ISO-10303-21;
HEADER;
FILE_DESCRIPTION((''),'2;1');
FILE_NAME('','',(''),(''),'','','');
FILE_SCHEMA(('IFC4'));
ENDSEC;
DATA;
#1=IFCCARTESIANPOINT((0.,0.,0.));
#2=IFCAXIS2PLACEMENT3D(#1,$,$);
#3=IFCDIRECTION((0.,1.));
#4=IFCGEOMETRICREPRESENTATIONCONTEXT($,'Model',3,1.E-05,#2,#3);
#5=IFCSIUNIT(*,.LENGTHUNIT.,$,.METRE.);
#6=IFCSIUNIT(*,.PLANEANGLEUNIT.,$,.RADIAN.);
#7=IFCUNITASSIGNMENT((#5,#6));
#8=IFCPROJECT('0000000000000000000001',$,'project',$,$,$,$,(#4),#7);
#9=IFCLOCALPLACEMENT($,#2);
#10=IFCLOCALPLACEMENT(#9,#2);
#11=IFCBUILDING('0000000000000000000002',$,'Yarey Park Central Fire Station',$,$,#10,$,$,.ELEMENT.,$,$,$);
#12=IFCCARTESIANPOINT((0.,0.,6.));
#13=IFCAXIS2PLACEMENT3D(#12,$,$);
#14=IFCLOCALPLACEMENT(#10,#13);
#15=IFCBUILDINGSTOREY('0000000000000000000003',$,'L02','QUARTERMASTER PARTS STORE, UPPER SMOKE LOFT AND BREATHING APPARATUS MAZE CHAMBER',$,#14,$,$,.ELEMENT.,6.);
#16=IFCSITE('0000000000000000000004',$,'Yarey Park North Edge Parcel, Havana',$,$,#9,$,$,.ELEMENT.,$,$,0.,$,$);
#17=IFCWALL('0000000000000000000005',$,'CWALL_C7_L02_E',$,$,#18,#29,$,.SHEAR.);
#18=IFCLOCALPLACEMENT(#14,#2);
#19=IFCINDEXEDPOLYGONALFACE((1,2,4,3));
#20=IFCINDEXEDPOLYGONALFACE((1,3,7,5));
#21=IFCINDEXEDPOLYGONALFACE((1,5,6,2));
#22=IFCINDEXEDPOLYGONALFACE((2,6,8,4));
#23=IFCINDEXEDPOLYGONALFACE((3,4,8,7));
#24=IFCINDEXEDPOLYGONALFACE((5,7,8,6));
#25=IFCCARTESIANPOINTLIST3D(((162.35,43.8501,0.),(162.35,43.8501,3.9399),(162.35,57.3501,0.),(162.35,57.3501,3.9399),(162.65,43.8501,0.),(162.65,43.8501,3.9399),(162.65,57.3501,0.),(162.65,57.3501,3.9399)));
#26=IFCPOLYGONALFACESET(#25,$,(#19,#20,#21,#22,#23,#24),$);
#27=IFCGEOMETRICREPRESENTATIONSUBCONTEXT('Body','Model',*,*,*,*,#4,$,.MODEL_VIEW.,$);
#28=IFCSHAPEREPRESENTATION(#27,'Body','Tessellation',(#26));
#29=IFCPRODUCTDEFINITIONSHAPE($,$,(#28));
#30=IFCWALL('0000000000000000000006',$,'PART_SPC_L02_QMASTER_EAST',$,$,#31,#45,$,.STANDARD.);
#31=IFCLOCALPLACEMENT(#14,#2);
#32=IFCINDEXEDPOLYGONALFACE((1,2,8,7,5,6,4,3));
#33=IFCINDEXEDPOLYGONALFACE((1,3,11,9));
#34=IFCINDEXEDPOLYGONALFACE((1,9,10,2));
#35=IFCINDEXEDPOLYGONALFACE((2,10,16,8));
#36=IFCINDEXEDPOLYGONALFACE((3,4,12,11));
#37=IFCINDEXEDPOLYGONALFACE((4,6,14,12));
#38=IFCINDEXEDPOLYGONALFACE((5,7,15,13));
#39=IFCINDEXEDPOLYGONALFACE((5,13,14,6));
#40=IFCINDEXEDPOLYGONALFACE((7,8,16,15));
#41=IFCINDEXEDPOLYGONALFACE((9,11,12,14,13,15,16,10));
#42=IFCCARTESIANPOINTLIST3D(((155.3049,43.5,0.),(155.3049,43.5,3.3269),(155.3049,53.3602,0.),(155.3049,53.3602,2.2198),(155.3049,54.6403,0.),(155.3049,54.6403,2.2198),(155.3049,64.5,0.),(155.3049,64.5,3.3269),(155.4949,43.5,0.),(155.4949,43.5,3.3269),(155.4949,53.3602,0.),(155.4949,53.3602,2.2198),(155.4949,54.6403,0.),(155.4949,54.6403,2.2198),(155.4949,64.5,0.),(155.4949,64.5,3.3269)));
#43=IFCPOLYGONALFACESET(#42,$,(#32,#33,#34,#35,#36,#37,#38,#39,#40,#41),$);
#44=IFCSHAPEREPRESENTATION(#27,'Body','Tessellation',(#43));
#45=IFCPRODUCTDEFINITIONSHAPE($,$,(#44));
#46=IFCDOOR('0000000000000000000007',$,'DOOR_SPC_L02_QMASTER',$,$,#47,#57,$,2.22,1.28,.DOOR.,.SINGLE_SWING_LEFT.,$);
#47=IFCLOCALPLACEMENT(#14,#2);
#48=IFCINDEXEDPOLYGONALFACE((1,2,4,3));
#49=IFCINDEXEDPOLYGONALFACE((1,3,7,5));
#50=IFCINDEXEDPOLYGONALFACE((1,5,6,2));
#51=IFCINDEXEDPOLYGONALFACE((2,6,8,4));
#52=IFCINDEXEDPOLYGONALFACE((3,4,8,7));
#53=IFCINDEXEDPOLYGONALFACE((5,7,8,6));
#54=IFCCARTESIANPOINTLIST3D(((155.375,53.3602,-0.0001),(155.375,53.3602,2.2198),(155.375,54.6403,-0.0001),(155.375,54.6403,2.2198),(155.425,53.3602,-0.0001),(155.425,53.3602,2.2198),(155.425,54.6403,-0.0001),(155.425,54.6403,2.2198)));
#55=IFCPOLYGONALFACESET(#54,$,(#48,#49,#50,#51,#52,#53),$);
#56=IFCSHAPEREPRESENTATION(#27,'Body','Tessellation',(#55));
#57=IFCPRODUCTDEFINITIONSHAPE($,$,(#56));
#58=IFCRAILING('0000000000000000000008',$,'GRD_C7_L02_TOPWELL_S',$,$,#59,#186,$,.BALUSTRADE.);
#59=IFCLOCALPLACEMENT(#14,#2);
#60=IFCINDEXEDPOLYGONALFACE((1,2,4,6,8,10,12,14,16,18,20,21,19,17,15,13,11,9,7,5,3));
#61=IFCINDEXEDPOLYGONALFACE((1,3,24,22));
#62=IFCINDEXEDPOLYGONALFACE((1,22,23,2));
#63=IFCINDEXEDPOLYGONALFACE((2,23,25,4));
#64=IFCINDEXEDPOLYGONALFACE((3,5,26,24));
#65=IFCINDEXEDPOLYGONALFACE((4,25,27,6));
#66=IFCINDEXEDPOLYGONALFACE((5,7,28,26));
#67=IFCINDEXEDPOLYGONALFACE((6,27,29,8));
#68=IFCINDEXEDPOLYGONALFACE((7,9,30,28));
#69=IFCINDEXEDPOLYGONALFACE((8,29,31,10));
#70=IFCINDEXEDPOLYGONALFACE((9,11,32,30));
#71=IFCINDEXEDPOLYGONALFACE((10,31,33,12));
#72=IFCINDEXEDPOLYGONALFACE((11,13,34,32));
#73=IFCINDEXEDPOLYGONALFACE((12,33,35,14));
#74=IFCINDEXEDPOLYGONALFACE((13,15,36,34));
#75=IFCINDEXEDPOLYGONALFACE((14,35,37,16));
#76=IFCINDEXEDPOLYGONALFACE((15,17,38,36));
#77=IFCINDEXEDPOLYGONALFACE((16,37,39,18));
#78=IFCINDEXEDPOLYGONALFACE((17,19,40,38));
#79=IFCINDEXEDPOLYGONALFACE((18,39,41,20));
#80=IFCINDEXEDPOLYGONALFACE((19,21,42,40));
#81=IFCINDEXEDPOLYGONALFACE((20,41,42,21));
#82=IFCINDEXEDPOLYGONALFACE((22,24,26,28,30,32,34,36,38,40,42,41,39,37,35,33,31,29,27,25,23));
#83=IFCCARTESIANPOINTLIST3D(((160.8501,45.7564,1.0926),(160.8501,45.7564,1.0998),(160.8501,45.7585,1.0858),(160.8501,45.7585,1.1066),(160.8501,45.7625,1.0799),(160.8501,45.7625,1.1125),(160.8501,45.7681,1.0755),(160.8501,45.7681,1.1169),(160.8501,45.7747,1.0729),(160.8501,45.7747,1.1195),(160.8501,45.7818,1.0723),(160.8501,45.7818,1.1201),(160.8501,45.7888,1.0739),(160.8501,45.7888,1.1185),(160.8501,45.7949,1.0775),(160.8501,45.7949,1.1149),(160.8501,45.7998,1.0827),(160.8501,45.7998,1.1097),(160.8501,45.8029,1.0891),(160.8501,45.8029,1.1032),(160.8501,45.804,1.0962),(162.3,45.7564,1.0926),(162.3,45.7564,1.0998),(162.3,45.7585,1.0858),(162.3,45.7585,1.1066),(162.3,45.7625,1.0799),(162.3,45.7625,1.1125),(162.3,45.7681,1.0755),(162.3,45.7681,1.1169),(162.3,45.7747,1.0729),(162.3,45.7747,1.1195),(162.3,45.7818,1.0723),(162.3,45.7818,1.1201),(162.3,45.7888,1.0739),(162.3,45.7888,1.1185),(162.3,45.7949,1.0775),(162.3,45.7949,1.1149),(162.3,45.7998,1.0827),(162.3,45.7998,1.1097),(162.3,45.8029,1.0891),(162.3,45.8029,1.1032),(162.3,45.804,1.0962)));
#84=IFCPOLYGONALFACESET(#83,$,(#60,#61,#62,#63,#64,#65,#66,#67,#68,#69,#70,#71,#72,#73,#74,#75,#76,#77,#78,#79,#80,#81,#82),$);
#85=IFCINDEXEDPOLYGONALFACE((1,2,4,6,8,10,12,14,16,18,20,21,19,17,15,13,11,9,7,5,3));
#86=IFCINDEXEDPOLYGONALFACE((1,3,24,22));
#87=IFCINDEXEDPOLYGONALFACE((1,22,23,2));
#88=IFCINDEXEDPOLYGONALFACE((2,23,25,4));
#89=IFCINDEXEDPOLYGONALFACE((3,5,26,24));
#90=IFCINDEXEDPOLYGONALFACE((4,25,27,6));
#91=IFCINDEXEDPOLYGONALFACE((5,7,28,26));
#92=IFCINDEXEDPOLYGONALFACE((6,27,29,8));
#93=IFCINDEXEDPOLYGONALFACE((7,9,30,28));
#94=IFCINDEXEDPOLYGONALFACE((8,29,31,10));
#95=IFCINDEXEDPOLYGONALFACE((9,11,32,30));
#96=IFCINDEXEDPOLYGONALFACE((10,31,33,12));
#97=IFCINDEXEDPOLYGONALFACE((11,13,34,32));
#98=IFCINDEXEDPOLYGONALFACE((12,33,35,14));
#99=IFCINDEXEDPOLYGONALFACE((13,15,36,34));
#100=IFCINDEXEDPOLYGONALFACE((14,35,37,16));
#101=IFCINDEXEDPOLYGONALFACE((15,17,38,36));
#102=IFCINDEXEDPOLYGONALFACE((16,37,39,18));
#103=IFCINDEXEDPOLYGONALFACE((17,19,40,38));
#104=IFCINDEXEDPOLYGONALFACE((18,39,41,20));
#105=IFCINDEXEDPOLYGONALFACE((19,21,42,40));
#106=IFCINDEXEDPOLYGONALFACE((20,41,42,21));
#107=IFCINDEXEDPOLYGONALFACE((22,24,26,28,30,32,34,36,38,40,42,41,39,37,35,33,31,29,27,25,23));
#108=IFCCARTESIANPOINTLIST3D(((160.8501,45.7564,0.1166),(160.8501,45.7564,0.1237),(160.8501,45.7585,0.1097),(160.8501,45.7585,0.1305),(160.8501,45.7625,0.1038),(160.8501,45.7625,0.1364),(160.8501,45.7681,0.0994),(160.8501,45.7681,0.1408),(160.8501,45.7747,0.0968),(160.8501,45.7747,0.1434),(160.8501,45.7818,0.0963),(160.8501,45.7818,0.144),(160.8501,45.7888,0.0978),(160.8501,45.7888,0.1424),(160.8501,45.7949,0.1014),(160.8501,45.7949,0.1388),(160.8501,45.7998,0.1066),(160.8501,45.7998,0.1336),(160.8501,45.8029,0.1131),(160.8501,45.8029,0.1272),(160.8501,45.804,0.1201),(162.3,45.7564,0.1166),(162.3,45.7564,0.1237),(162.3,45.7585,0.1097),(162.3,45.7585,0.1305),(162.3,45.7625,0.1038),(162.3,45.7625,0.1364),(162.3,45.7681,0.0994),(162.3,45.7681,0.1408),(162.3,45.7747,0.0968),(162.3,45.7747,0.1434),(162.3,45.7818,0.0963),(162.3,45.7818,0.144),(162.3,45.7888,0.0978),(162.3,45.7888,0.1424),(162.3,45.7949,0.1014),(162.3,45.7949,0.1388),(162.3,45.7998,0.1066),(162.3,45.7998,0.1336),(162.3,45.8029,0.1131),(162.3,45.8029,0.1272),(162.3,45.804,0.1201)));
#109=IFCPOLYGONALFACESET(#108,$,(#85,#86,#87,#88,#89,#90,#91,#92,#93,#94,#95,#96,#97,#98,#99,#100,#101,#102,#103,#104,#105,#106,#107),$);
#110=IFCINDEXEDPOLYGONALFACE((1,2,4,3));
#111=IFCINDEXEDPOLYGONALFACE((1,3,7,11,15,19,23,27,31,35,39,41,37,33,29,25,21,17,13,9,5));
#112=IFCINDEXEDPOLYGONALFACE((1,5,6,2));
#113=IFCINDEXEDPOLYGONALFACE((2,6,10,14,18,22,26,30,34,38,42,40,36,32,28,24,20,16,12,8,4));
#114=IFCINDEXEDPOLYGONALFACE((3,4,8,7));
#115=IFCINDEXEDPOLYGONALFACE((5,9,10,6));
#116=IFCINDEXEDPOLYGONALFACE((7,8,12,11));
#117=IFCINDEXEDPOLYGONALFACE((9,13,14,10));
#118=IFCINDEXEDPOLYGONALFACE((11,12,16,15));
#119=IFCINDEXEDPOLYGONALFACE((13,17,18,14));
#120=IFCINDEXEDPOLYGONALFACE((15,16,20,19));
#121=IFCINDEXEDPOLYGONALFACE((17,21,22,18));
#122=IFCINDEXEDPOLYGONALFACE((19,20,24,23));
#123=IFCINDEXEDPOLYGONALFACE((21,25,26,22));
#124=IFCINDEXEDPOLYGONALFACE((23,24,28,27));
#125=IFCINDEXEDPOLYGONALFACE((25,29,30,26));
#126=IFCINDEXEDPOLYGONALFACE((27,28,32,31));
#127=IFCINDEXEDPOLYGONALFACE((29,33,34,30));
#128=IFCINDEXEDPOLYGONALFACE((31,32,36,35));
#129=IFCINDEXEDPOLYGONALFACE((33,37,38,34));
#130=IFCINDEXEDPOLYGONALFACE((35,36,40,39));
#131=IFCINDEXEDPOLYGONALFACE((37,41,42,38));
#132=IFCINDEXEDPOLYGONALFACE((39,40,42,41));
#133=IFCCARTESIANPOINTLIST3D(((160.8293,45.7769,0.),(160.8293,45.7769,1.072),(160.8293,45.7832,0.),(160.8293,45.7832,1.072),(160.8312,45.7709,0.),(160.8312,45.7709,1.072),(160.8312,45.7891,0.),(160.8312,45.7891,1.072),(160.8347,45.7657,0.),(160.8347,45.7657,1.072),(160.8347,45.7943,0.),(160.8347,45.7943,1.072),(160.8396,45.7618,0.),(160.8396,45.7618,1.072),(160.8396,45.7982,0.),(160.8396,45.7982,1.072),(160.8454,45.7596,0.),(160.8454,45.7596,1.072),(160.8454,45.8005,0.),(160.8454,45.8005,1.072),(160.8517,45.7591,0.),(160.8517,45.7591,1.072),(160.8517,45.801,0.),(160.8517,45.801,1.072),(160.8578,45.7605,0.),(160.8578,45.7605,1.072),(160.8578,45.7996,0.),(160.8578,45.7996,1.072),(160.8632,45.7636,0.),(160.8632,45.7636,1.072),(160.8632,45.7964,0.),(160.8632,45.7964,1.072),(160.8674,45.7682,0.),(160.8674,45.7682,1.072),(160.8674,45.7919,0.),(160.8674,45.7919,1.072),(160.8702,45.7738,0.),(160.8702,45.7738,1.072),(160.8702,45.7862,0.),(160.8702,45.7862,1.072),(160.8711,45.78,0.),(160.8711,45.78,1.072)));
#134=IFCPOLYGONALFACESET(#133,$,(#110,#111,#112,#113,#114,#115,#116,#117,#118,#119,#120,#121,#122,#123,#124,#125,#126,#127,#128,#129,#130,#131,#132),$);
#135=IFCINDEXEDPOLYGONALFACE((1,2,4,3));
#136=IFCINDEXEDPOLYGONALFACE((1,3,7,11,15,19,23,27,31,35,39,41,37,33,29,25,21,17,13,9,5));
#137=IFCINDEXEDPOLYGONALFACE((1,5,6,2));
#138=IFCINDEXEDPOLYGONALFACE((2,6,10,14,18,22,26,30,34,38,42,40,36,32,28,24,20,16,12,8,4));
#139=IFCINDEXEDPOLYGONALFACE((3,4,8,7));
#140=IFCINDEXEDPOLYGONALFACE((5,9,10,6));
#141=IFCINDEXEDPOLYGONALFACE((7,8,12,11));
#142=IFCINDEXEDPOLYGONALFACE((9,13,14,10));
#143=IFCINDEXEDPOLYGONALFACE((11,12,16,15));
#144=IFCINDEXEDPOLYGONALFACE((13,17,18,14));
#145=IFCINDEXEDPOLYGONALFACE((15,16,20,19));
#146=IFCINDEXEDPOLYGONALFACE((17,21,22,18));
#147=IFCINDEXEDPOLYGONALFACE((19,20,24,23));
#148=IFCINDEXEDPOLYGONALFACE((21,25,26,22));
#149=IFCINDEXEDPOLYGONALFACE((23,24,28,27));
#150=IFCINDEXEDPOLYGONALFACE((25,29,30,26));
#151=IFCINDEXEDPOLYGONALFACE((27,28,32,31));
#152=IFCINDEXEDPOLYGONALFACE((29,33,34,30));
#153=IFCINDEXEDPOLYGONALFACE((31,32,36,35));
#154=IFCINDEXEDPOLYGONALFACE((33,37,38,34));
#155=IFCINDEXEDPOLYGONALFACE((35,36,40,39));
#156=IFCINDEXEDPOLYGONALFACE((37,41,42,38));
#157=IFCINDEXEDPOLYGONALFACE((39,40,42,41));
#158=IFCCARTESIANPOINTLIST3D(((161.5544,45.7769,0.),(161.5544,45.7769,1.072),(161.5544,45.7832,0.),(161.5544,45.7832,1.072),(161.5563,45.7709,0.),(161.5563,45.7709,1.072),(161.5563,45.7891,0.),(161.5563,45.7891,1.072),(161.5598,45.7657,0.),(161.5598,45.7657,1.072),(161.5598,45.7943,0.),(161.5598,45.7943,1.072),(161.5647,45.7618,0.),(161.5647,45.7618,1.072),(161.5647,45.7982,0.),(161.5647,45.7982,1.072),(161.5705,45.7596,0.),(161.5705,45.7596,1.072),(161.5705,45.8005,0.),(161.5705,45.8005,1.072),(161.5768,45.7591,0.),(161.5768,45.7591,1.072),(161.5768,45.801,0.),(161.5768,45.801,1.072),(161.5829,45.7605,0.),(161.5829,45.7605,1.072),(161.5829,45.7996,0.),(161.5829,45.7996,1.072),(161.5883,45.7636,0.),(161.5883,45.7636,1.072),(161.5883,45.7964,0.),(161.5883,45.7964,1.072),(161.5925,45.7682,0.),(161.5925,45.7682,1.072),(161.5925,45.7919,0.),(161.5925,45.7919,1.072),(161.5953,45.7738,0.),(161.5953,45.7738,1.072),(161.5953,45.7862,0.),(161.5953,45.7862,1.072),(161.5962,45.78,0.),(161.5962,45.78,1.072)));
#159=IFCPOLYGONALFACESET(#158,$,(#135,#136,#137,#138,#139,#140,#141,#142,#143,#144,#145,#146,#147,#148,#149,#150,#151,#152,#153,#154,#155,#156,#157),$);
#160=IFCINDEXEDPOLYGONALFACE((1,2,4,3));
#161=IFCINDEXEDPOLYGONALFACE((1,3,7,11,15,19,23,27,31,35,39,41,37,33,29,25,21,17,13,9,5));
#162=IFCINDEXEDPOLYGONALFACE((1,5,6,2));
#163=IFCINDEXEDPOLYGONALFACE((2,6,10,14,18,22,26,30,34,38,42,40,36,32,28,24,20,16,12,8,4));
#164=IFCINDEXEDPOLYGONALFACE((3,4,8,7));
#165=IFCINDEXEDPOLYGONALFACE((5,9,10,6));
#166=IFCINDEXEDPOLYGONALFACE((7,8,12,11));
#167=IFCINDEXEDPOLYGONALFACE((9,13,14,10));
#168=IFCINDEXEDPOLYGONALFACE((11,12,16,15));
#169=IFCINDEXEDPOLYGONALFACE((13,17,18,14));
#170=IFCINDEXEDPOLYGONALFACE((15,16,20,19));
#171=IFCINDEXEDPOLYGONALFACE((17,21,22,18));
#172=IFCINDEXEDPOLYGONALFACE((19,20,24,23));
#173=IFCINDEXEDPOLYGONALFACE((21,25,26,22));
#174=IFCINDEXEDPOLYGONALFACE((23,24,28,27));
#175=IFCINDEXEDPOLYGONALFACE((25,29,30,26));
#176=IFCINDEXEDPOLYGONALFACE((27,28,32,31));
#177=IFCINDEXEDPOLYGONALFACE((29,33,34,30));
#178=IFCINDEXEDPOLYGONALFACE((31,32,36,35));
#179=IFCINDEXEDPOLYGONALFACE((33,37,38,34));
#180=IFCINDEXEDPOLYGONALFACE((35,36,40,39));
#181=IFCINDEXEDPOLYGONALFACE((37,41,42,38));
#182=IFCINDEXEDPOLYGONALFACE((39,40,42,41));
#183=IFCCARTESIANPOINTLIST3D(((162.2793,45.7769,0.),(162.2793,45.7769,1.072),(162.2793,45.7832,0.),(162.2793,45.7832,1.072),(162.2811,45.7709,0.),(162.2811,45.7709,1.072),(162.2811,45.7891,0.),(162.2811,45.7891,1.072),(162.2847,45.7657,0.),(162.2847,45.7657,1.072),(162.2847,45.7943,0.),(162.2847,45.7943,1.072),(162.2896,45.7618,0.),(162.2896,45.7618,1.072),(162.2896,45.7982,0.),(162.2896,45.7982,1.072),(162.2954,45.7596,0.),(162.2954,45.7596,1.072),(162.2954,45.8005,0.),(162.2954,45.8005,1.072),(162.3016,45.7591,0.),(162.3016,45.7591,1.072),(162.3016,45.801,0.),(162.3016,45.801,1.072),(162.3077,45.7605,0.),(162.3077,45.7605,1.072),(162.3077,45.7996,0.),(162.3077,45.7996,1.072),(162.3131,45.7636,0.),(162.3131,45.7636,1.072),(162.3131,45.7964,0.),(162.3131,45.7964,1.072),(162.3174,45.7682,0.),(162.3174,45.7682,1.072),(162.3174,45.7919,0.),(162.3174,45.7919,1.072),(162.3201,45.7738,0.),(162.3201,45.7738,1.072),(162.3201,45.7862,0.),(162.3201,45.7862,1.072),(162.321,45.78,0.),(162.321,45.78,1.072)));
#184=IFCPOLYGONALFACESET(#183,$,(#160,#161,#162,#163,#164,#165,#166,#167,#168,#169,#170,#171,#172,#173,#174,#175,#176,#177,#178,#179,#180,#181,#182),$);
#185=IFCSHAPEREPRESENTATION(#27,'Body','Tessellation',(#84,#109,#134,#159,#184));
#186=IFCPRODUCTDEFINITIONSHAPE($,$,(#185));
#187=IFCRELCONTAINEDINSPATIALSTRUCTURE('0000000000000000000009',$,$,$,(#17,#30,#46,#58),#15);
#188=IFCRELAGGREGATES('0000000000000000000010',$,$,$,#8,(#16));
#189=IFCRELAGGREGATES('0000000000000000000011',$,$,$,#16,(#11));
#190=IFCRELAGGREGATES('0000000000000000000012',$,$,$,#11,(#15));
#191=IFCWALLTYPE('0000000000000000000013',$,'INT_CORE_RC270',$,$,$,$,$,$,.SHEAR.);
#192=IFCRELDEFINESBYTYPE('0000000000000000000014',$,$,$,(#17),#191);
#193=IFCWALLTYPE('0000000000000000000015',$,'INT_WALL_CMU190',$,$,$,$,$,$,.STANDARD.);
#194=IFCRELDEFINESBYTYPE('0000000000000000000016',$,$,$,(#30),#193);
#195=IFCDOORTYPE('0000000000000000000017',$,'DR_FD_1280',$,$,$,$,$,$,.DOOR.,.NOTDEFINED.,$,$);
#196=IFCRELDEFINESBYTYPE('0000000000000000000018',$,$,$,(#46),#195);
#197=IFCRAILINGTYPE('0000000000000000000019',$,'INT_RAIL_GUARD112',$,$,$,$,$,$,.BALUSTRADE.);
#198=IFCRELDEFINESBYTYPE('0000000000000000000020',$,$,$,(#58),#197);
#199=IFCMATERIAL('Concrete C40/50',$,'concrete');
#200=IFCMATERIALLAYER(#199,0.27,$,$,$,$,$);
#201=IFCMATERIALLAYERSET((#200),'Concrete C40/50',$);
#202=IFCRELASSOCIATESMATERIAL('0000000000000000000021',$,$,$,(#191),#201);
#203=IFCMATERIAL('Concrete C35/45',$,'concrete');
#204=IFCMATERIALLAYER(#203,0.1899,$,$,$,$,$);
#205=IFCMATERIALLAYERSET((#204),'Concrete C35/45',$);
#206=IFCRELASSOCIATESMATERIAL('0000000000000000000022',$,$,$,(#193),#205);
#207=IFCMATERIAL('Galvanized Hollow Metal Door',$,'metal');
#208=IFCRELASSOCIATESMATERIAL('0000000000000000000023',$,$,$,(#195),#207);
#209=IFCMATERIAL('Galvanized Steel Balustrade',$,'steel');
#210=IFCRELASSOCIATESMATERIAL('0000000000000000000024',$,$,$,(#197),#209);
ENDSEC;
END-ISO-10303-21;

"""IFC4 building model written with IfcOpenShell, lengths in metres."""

from ifc_helpers import new_model, si_unit, direction, frame, frame_2d, origin, origin_2d, place, context, subcontext, project, spatial, rectangle, circle, extrude, material, layer, layer_set, type_object, element, fill, save


model = new_model("IFC4")

# Units and contexts
model_context = context("Model", 3, precision=1e-05, world=origin(), true_north=direction((0.0, 1.0)))
body_context = subcontext(model_context, "Body", "Model", "MODEL_VIEW")
ifc_project = project(units=[si_unit("LENGTHUNIT", "METRE"), si_unit("PLANEANGLEUNIT", "RADIAN")], contexts=[model_context])

# Site, building, storey
site_placement = place(None, origin())
site = spatial("IfcSite", under=ifc_project, at=site_placement, Name="Yarey Park North Edge Parcel, Havana", CompositionType="ELEMENT", RefElevation=0.0)
building_placement = place(site_placement, origin())
building = spatial("IfcBuilding", under=site, at=building_placement, Name="Yarey Park Central Fire Station", CompositionType="ELEMENT")
storey_placement = place(building_placement, frame((0.0, 0.0, 6.0)))
storey = spatial("IfcBuildingStorey", under=building, at=storey_placement, Name="L02", Description="QUARTERMASTER PARTS STORE, UPPER SMOKE LOFT AND BREATHING APPARATUS MAZE CHAMBER", CompositionType="ELEMENT", Elevation=6.0)

# Shared definitions
ifc_material_1 = material(Name="Concrete C35/45", Category="concrete")

# Shared definitions
ifc_material_2 = material(Name="Concrete C40/50", Category="concrete")
ifc_layer_1 = layer(ifc_material_2, 0.27)
ifc_layer_set_1 = layer_set([ifc_layer_1], Name="Concrete C40/50")
wall_type_1 = type_object("IfcWallType", Name="INT_CORE_RC270", PredefinedType="SHEAR", material=ifc_layer_set_1)

# Shared definitions
ifc_material_3 = material(Name="Galvanized Hollow Metal Door", Category="metal")

# Wall
wall_1_placement = place(storey_placement, frame((162.5, 43.8501, 0.0), z_axis=(0.0, 0.0, 1.0), x_axis=(0.0, 1.0, 0.0)))
element("IfcWall", 1, at=wall_1_placement, inside=storey, type_object=wall_type_1, Name="CWALL_C7_L02_E", PredefinedType="SHEAR", context=body_context, shape_type="SweptSolid", body=[
    extrude(rectangle(XDim=13.5, YDim=0.3, at=frame_2d((6.75, 0.0))), origin(), (0.0, 0.0, 1.0), 3.9399),
])

# Wall, opening, door
ifc_layer_2 = layer(ifc_material_1, 0.1899)
ifc_layer_set_2 = layer_set([ifc_layer_2], Name="Concrete C35/45")
wall_type_2 = type_object("IfcWallType", Name="INT_WALL_CMU190", PredefinedType="STANDARD", material=ifc_layer_set_2)
wall_2_placement = place(storey_placement, frame((155.3999, 43.5, 0.0), z_axis=(0.0, 0.0, 1.0), x_axis=(0.0, 1.0, 0.0)))
wall_2 = element("IfcWall", 2, at=wall_2_placement, inside=storey, type_object=wall_type_2, Name="PART_SPC_L02_QMASTER_EAST", PredefinedType="STANDARD", context=body_context, shape_type="SweptSolid", body=[
    extrude(rectangle(XDim=21.0, YDim=0.1899, at=frame_2d((10.5, 0.0))), origin(), (0.0, 0.0, 1.0), 3.3269),
])
opening_1_placement = place(wall_2_placement, frame((9.8601, 0.0, 0.0)))
opening_1 = element("IfcOpeningElement", 3, at=opening_1_placement, cuts=wall_2, PredefinedType="OPENING", context=body_context, shape_type="SweptSolid", body=[
    extrude(rectangle(XDim=1.28, YDim=2.22, at=frame_2d((0.6401, 1.1099))), frame((0.0, 0.105, 0.0), z_axis=(0.0, -1.0, 0.0), x_axis=(1.0, 0.0, 0.0)), (0.0, 0.0, 1.0), 0.21),
])
door_type_1 = type_object("IfcDoorType", Name="DR_FD_1280", OperationType="NOTDEFINED", PredefinedType="DOOR", material=ifc_material_3)
door_1_placement = place(opening_1_placement, origin())
door_1 = element("IfcDoor", 4, at=door_1_placement, inside=storey, type_object=door_type_1, Name="DOOR_SPC_L02_QMASTER", OperationType="SINGLE_SWING_LEFT", OverallHeight=2.22, OverallWidth=1.28, PredefinedType="DOOR", context=body_context, shape_type="SweptSolid", body=[
    extrude(rectangle(XDim=1.28, YDim=2.22, at=frame_2d((0.6401, 1.1099))), frame((0.0, 0.0249, 0.0), z_axis=(0.0, -1.0, 0.0), x_axis=(1.0, 0.0, 0.0)), (0.0, 0.0, 1.0), 0.05),
])
fill(opening_1, door_1)

# Railing
ifc_material_4 = material(Name="Galvanized Steel Balustrade", Category="steel")
railing_type = type_object("IfcRailingType", Name="INT_RAIL_GUARD112", PredefinedType="BALUSTRADE", material=ifc_material_4)
railing_placement = place(storey_placement, frame((160.8501, 45.78, 0.0)))
element("IfcRailing", 5, at=railing_placement, inside=storey, type_object=railing_type, Name="GRD_C7_L02_TOPWELL_S", PredefinedType="BALUSTRADE", context=body_context, shape_type="SweptSolid", body=[
    extrude(circle(Radius=0.0239, at=origin_2d()), frame((0.0, 0.0, 1.0962), z_axis=(1.0, 0.0, 0.0), x_axis=(0.0, 1.0, 0.0)), (0.0, 0.0, 1.0), 1.45),
    extrude(circle(Radius=0.0239, at=origin_2d()), frame((0.0, 0.0, 0.1201), z_axis=(1.0, 0.0, 0.0), x_axis=(0.0, 1.0, 0.0)), (0.0, 0.0, 1.0), 1.45),
    extrude(circle(Radius=0.021, at=origin_2d()), origin(), (0.0, 0.0, 1.0), 1.072),
    extrude(circle(Radius=0.021, at=origin_2d()), frame((0.7251, 0.0, 0.0)), (0.0, 0.0, 1.0), 1.072),
    extrude(circle(Radius=0.021, at=origin_2d()), frame((1.45, 0.0, 0.0)), (0.0, 0.0, 1.0), 1.072),
])

save(model, "model.ifc")
